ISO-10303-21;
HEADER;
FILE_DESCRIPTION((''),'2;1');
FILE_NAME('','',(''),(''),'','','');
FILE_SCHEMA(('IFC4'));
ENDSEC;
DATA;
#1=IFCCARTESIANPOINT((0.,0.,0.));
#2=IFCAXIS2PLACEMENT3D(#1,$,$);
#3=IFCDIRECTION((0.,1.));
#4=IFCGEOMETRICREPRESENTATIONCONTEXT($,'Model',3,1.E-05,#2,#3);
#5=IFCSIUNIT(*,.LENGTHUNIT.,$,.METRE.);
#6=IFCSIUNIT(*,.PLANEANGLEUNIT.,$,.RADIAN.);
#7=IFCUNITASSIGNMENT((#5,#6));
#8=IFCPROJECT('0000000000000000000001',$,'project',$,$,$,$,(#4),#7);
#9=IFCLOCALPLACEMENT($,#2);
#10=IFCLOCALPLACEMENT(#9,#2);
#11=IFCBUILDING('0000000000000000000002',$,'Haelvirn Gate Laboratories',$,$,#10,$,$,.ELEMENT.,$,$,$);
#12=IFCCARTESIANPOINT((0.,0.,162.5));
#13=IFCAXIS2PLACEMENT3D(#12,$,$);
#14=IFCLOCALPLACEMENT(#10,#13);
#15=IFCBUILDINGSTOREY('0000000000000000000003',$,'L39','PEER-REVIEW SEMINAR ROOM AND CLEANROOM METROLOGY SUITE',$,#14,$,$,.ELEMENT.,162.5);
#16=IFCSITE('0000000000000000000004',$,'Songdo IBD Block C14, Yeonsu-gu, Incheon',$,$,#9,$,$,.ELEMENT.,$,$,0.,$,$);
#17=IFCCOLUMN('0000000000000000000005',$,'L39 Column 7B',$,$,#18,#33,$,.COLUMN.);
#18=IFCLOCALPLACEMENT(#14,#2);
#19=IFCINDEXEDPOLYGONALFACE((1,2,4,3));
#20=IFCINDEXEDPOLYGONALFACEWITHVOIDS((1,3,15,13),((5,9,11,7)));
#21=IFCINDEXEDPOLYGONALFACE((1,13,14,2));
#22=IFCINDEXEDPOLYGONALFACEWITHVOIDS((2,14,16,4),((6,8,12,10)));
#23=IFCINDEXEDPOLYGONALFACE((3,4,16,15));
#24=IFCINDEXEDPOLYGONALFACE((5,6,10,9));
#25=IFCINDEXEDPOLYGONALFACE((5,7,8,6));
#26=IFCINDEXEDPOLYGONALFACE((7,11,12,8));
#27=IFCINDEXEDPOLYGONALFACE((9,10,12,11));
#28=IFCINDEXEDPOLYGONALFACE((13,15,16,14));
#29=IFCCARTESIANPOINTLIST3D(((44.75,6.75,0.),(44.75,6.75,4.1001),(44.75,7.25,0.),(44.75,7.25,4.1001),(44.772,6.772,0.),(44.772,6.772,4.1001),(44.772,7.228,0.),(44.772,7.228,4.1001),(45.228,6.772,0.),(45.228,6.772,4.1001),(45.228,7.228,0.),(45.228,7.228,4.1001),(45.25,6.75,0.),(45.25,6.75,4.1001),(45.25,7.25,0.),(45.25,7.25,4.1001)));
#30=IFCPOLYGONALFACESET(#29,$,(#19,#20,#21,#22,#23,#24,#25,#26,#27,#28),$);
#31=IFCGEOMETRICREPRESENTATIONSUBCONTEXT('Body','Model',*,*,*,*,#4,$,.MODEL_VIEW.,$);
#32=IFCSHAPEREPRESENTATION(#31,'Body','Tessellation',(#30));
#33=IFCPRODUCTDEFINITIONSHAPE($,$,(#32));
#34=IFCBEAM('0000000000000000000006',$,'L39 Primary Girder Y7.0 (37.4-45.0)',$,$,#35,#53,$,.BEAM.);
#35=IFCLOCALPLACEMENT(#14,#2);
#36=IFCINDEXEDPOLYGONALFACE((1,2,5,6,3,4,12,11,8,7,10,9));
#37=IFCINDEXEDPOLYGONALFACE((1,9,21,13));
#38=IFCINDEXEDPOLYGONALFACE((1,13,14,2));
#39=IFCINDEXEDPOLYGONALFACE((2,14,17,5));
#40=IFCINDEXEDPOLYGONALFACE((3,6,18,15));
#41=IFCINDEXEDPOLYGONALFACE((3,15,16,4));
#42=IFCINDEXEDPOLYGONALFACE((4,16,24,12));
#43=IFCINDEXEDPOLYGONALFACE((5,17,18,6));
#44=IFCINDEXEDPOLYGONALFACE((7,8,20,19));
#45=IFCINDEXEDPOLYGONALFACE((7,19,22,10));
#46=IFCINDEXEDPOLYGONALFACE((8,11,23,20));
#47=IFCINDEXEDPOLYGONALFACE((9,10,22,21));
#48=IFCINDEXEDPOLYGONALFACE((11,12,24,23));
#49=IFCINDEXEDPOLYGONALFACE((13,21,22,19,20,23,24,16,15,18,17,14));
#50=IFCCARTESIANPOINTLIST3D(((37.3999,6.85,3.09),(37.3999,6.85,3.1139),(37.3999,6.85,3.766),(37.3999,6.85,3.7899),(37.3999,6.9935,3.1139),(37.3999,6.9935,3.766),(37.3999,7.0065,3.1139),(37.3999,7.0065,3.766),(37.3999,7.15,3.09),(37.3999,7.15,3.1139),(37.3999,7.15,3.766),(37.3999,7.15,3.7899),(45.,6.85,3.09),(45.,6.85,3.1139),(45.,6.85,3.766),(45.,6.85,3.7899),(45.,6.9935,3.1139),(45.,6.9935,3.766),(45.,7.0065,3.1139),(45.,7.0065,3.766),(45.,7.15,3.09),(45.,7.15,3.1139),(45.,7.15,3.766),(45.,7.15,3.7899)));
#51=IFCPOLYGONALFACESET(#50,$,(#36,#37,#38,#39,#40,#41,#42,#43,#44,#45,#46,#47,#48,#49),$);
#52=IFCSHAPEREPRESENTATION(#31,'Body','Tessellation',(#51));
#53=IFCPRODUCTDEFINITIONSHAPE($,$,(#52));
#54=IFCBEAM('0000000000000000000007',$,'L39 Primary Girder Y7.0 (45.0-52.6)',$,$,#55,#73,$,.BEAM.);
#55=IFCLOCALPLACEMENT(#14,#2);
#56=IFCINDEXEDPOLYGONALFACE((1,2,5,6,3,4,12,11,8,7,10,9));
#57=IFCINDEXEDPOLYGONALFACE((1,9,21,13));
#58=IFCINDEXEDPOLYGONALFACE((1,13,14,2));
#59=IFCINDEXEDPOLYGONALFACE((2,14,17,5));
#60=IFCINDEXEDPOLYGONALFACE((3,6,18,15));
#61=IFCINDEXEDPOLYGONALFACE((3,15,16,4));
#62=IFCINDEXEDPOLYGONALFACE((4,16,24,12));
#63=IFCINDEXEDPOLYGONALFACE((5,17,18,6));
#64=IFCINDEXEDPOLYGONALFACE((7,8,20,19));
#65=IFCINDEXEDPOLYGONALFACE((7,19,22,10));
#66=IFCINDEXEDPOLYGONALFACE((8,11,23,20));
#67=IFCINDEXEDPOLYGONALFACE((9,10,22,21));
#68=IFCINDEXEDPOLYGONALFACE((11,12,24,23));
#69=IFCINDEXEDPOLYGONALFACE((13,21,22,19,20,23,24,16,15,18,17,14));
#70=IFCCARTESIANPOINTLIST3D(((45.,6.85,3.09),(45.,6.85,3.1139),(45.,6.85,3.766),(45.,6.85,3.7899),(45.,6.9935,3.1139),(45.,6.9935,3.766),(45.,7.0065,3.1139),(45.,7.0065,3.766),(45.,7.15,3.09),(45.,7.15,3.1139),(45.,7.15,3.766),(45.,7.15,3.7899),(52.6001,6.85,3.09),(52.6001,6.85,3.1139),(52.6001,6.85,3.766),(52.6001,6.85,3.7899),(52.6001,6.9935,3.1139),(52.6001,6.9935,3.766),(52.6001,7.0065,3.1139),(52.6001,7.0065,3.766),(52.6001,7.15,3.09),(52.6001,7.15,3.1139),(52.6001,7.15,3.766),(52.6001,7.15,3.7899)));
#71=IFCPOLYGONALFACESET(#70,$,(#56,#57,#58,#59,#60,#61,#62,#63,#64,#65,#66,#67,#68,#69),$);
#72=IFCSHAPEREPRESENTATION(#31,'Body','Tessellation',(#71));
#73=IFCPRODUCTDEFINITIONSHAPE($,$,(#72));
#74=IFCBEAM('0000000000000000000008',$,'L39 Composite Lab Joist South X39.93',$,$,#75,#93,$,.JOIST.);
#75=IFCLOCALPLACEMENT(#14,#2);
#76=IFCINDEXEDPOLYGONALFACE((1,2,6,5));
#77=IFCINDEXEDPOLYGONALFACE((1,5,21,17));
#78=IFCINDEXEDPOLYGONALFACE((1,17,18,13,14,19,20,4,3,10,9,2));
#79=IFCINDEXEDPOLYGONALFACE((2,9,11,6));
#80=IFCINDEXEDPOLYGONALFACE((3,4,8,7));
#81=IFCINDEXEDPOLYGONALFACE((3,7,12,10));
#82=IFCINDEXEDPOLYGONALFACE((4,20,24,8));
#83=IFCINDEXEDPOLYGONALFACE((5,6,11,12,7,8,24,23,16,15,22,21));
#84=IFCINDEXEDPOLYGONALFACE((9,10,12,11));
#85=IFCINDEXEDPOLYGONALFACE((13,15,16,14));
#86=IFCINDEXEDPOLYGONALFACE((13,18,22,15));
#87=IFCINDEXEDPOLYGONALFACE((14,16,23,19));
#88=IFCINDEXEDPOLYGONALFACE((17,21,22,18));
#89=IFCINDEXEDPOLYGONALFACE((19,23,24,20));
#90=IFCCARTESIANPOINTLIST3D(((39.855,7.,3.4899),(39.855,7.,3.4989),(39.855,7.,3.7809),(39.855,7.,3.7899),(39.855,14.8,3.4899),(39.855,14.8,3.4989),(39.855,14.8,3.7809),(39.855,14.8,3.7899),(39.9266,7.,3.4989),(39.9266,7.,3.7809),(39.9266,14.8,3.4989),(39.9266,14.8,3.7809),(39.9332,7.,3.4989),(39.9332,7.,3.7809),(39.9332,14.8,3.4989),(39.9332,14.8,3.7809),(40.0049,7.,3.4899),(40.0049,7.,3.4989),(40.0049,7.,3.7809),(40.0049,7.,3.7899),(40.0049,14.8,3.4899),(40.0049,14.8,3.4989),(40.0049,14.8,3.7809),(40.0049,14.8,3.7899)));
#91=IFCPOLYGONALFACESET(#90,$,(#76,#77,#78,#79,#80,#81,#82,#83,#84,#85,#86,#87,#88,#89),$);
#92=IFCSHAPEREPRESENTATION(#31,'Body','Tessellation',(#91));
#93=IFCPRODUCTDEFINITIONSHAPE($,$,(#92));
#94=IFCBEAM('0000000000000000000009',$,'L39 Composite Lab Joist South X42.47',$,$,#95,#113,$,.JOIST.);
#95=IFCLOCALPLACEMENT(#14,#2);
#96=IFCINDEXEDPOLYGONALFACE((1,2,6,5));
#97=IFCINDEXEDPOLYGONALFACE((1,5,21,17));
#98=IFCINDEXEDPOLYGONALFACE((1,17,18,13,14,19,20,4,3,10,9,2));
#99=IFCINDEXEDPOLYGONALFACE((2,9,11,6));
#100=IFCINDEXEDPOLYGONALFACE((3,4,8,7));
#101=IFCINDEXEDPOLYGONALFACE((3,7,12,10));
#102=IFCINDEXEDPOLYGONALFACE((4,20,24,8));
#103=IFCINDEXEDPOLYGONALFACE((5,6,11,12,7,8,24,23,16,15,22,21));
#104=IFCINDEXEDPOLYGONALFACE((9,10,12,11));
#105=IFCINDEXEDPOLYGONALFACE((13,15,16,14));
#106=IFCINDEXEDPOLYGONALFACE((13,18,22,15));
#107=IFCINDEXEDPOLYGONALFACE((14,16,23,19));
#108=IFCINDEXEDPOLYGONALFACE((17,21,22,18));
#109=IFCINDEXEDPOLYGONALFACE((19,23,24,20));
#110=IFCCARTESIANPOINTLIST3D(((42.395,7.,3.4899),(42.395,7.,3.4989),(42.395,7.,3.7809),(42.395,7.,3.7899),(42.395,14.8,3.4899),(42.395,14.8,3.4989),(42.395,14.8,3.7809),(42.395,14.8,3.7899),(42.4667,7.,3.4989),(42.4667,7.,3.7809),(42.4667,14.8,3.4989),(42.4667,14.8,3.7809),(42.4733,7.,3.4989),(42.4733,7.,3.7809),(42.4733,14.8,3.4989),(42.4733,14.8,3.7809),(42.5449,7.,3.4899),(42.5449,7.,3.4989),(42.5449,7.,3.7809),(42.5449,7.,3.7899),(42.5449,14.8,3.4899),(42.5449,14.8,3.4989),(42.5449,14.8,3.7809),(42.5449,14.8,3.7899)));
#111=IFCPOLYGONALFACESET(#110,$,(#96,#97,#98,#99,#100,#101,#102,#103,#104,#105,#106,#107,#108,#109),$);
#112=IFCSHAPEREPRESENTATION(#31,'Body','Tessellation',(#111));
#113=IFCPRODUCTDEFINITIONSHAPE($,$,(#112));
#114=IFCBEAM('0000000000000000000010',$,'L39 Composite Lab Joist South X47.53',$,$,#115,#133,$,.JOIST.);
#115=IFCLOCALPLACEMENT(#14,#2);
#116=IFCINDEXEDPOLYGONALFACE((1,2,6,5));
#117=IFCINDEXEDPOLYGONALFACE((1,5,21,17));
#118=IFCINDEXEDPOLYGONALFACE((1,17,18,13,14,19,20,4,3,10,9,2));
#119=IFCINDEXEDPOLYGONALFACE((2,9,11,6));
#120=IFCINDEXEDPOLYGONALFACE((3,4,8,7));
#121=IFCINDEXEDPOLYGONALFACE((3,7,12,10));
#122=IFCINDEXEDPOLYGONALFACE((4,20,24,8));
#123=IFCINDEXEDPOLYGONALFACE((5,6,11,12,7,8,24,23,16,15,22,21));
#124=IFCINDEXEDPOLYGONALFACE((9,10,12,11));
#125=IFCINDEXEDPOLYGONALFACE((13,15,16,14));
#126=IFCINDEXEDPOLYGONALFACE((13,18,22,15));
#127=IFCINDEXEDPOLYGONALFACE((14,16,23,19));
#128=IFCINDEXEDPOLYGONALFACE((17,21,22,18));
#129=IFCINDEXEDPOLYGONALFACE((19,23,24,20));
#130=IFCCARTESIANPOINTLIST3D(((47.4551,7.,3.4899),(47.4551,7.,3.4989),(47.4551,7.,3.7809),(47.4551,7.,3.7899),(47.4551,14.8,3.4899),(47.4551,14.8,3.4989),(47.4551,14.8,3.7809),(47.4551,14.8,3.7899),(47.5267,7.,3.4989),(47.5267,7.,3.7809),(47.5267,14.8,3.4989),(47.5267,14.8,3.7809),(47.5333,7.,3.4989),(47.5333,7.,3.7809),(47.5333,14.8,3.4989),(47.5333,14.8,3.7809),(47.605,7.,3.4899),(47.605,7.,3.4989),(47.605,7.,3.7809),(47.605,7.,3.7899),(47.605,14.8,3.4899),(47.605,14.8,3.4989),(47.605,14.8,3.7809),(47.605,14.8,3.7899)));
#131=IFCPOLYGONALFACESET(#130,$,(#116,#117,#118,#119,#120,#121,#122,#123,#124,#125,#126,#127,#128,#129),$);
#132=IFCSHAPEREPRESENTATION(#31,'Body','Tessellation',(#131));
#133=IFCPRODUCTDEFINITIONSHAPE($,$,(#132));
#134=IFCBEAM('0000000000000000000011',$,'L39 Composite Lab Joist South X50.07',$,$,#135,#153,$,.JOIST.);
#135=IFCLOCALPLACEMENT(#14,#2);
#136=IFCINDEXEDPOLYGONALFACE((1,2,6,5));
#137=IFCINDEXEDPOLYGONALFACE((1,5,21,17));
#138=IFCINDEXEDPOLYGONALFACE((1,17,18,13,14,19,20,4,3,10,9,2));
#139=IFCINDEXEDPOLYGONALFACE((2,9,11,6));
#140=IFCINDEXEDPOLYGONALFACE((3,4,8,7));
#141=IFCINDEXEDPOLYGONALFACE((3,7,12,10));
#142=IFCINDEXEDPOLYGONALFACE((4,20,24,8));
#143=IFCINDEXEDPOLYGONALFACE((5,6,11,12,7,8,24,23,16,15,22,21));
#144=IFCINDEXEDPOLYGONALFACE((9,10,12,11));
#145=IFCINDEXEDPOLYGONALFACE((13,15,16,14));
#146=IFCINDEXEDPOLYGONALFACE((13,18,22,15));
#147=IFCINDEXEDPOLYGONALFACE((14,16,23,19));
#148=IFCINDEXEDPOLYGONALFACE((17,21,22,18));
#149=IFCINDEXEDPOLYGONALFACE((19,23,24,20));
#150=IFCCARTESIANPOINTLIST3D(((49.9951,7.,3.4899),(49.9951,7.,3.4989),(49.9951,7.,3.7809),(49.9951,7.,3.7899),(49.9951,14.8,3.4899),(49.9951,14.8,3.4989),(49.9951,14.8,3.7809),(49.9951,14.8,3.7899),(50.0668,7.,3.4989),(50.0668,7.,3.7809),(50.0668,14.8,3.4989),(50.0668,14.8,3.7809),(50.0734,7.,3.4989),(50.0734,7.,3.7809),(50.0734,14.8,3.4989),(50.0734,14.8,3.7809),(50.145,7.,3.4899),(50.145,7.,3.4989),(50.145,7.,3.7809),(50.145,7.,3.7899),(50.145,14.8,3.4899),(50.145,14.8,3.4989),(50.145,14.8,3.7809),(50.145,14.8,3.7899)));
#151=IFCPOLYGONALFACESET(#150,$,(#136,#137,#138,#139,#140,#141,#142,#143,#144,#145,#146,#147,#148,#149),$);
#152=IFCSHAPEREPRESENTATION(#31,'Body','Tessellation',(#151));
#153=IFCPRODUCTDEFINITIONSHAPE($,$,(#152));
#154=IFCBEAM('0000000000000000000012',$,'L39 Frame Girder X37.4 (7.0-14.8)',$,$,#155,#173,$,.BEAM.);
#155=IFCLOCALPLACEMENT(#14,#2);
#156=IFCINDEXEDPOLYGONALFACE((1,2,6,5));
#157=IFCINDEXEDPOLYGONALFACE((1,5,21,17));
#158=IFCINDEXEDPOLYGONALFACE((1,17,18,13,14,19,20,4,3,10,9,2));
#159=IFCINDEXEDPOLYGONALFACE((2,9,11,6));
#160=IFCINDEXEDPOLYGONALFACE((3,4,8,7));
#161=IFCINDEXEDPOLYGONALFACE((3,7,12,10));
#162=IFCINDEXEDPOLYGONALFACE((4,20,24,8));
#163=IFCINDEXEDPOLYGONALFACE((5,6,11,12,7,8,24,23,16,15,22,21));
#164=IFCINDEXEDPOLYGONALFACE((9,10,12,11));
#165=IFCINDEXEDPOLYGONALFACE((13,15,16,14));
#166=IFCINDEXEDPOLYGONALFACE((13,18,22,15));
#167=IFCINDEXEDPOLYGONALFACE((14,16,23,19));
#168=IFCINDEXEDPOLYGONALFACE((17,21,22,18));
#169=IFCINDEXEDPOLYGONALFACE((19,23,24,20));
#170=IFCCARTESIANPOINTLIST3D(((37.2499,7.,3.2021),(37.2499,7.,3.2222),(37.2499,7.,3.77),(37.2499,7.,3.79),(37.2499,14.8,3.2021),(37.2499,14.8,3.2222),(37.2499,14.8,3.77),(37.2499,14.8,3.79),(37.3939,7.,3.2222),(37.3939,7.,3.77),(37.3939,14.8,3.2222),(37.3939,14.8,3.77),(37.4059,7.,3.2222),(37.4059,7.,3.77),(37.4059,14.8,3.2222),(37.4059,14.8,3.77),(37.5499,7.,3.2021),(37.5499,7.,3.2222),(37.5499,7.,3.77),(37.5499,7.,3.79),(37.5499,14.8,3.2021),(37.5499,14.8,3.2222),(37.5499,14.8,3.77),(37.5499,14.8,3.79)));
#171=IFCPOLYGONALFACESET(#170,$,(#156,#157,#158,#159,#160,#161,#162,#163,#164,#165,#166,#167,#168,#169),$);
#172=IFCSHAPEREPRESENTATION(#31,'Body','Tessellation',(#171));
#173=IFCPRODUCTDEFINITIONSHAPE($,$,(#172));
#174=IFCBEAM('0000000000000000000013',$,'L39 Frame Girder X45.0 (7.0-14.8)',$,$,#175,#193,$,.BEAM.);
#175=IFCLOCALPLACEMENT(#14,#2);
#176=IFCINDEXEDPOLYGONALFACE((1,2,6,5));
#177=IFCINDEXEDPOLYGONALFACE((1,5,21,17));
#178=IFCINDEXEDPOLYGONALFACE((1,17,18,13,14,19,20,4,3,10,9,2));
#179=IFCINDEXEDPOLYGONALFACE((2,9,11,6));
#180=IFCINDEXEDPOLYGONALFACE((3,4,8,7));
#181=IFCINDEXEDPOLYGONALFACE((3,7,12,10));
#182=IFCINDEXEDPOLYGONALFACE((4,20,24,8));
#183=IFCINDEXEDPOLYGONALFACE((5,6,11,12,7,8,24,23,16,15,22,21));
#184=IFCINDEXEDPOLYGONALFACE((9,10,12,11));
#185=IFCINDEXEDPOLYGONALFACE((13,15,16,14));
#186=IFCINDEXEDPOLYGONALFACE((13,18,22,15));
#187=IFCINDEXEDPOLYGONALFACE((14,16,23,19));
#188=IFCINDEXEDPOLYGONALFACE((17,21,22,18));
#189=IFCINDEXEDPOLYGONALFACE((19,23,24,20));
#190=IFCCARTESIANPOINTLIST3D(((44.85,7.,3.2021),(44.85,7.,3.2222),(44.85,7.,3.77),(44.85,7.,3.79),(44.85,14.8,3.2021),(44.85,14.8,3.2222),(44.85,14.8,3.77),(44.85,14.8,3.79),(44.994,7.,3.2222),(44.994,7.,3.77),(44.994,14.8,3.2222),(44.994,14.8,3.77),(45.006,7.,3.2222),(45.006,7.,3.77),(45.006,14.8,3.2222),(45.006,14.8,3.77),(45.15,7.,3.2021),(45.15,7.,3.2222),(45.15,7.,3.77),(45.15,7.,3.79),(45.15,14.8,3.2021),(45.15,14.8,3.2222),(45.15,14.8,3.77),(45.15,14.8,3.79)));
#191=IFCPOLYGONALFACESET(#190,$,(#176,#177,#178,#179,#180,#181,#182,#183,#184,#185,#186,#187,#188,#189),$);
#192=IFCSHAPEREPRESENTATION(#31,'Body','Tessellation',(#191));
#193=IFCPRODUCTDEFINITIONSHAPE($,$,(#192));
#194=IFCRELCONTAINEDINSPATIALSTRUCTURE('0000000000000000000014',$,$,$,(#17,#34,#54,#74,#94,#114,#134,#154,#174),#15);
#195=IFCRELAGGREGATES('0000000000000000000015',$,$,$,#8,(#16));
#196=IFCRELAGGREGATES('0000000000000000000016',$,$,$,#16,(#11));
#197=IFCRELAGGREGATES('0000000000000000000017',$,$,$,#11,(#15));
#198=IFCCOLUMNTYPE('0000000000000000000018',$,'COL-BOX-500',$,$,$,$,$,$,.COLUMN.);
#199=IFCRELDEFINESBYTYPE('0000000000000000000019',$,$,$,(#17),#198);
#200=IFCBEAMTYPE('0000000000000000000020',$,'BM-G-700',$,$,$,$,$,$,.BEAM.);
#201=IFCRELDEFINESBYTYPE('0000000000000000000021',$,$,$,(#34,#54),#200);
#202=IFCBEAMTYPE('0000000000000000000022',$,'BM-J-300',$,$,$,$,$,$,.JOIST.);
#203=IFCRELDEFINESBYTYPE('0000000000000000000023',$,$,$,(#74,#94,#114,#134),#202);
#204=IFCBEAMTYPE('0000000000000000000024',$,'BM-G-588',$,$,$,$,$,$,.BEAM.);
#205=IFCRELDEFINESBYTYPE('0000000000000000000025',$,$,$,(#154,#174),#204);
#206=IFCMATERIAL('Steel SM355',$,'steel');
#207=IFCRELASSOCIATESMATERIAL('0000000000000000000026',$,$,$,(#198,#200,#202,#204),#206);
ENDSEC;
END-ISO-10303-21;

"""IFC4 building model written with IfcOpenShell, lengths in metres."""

from ifc_helpers import new_model, si_unit, direction, frame, origin, origin_2d, place, context, subcontext, project, spatial, hollow_rectangle, i_section, extrude, source, transform, mapped, material, material_profile, profile_set, type_object, type_shapes, element, save


model = new_model("IFC4")

# Units and contexts
model_context = context("Model", 3, precision=1e-05, world=origin(), true_north=direction((0.0, 1.0)))
body_context = subcontext(model_context, "Body", "Model", "MODEL_VIEW")
ifc_project = project(units=[si_unit("LENGTHUNIT", "METRE"), si_unit("PLANEANGLEUNIT", "RADIAN")], contexts=[model_context])

# Site, building, storey
site_placement = place(None, origin())
site = spatial("IfcSite", under=ifc_project, at=site_placement, Name="Songdo IBD Block C14, Yeonsu-gu, Incheon", CompositionType="ELEMENT", RefElevation=0.0)
building_placement = place(site_placement, origin())
building = spatial("IfcBuilding", under=site, at=building_placement, Name="Haelvirn Gate Laboratories", CompositionType="ELEMENT")
storey_placement = place(building_placement, frame((0.0, 0.0, 162.5)))
storey = spatial("IfcBuildingStorey", under=building, at=storey_placement, Name="L39", Description="PEER-REVIEW SEMINAR ROOM AND CLEANROOM METROLOGY SUITE", CompositionType="ELEMENT", Elevation=162.5)

# Column
ifc_material_1 = material(Name="Steel SM355", Category="steel")
ifc_material_profile_1 = material_profile(ifc_material_1, hollow_rectangle(XDim=0.5, YDim=0.5, WallThickness=0.022, at=origin_2d()), Name="BOX-500x500x22")
ifc_profile_set_1 = profile_set([ifc_material_profile_1], Name="Steel SM355")
column_type = type_object("IfcColumnType", Name="COL-BOX-500", PredefinedType="COLUMN", material=ifc_profile_set_1)
shared_shape_1 = source(origin(), body_context, "Body", "SweptSolid", [
    extrude(hollow_rectangle(XDim=0.5, YDim=0.5, WallThickness=0.022, at=origin_2d()), origin(), (0.0, 0.0, 1.0), 4.1001),
])
type_shapes(column_type, [shared_shape_1])
column_placement = place(storey_placement, frame((45.0, 7.0, 0.0), z_axis=(0.0, 0.0, 1.0), x_axis=(1.0, 0.0, 0.0)))
element("IfcColumn", 1, at=column_placement, inside=storey, type_object=column_type, Name="L39 Column 7B", PredefinedType="COLUMN", context=body_context, shape_type="MappedRepresentation", body=[
    mapped(shared_shape_1, transform((0.0, 0.0, 0.0), scale=1.0)),
])

# Beams
ifc_material_profile_2 = material_profile(ifc_material_1, i_section(OverallWidth=0.3, OverallDepth=0.7, WebThickness=0.0129, FlangeThickness=0.0239, at=origin_2d()), Name="H-700x300x13x24")
ifc_profile_set_2 = profile_set([ifc_material_profile_2], Name="Steel SM355")
beam_type_1 = type_object("IfcBeamType", Name="BM-G-700", PredefinedType="BEAM", material=ifc_profile_set_2)
shared_shape_2 = source(origin(), body_context, "Body", "SweptSolid", [
    extrude(i_section(OverallWidth=0.3, OverallDepth=0.7, WebThickness=0.0129, FlangeThickness=0.0239, at=origin_2d()), origin(), (0.0, 0.0, 1.0), 7.6001),
])
type_shapes(beam_type_1, [shared_shape_2])
for number, where, z_axis, x_axis, name in (
    (2, (37.3999, 7.0, 3.4399), (1.0, 0.0, 0.0), (0.0, 1.0, 0.0), "L39 Primary Girder Y7.0 (37.4-45.0)"),
    (3, (45.0, 7.0, 3.4399), (1.0, 0.0, 0.0), (0.0, 1.0, 0.0), "L39 Primary Girder Y7.0 (45.0-52.6)"),
):
    element("IfcBeam", number, at=place(storey_placement, frame(where, z_axis=z_axis, x_axis=x_axis)), inside=storey, type_object=beam_type_1, Name=name, PredefinedType="BEAM", context=body_context, shape_type="MappedRepresentation", body=[
        mapped(shared_shape_2, transform((0.0, 0.0, 0.0), scale=1.0)),
    ])
ifc_material_profile_3 = material_profile(ifc_material_1, i_section(OverallWidth=0.1499, OverallDepth=0.3, WebThickness=0.0066, FlangeThickness=0.009, at=origin_2d()), Name="H-300x150x6.5x9")
ifc_profile_set_3 = profile_set([ifc_material_profile_3], Name="Steel SM355")
beam_type_2 = type_object("IfcBeamType", Name="BM-J-300", PredefinedType="JOIST", material=ifc_profile_set_3)
shared_shape_3 = source(origin(), body_context, "Body", "SweptSolid", [
    extrude(i_section(OverallWidth=0.1499, OverallDepth=0.3, WebThickness=0.0066, FlangeThickness=0.009, at=origin_2d()), origin(), (0.0, 0.0, 1.0), 7.8),
])
type_shapes(beam_type_2, [shared_shape_3])
for number, where, z_axis, x_axis, name in (
    (4, (39.9299, 7.0, 3.6399), (0.0, 1.0, 0.0), (-1.0, 0.0, 0.0), "L39 Composite Lab Joist South X39.93"),
    (5, (42.47, 7.0, 3.6399), (0.0, 1.0, 0.0), (-1.0, 0.0, 0.0), "L39 Composite Lab Joist South X42.47"),
    (6, (47.53, 7.0, 3.6399), (0.0, 1.0, 0.0), (-1.0, 0.0, 0.0), "L39 Composite Lab Joist South X47.53"),
    (7, (50.0701, 7.0, 3.6399), (0.0, 1.0, 0.0), (-1.0, 0.0, 0.0), "L39 Composite Lab Joist South X50.07"),
):
    element("IfcBeam", number, at=place(storey_placement, frame(where, z_axis=z_axis, x_axis=x_axis)), inside=storey, type_object=beam_type_2, Name=name, PredefinedType="JOIST", context=body_context, shape_type="MappedRepresentation", body=[
        mapped(shared_shape_3, transform((0.0, 0.0, 0.0), scale=1.0)),
    ])
ifc_material_profile_4 = material_profile(ifc_material_1, i_section(OverallWidth=0.3, OverallDepth=0.5879, WebThickness=0.012, FlangeThickness=0.02, at=origin_2d()), Name="H-588x300x12x20")
ifc_profile_set_4 = profile_set([ifc_material_profile_4], Name="Steel SM355")
beam_type_3 = type_object("IfcBeamType", Name="BM-G-588", PredefinedType="BEAM", material=ifc_profile_set_4)
shared_shape_4 = source(origin(), body_context, "Body", "SweptSolid", [
    extrude(i_section(OverallWidth=0.3, OverallDepth=0.5879, WebThickness=0.012, FlangeThickness=0.02, at=origin_2d()), origin(), (0.0, 0.0, 1.0), 7.8),
])
type_shapes(beam_type_3, [shared_shape_4])
for number, where, z_axis, x_axis, name in (
    (8, (37.3999, 7.0, 3.4961), (0.0, 1.0, 0.0), (-1.0, 0.0, 0.0), "L39 Frame Girder X37.4 (7.0-14.8)"),
    (9, (45.0, 7.0, 3.4961), (0.0, 1.0, 0.0), (-1.0, 0.0, 0.0), "L39 Frame Girder X45.0 (7.0-14.8)"),
):
    element("IfcBeam", number, at=place(storey_placement, frame(where, z_axis=z_axis, x_axis=x_axis)), inside=storey, type_object=beam_type_3, Name=name, PredefinedType="BEAM", context=body_context, shape_type="MappedRepresentation", body=[
        mapped(shared_shape_4, transform((0.0, 0.0, 0.0), scale=1.0)),
    ])

save(model, "model.ifc")
